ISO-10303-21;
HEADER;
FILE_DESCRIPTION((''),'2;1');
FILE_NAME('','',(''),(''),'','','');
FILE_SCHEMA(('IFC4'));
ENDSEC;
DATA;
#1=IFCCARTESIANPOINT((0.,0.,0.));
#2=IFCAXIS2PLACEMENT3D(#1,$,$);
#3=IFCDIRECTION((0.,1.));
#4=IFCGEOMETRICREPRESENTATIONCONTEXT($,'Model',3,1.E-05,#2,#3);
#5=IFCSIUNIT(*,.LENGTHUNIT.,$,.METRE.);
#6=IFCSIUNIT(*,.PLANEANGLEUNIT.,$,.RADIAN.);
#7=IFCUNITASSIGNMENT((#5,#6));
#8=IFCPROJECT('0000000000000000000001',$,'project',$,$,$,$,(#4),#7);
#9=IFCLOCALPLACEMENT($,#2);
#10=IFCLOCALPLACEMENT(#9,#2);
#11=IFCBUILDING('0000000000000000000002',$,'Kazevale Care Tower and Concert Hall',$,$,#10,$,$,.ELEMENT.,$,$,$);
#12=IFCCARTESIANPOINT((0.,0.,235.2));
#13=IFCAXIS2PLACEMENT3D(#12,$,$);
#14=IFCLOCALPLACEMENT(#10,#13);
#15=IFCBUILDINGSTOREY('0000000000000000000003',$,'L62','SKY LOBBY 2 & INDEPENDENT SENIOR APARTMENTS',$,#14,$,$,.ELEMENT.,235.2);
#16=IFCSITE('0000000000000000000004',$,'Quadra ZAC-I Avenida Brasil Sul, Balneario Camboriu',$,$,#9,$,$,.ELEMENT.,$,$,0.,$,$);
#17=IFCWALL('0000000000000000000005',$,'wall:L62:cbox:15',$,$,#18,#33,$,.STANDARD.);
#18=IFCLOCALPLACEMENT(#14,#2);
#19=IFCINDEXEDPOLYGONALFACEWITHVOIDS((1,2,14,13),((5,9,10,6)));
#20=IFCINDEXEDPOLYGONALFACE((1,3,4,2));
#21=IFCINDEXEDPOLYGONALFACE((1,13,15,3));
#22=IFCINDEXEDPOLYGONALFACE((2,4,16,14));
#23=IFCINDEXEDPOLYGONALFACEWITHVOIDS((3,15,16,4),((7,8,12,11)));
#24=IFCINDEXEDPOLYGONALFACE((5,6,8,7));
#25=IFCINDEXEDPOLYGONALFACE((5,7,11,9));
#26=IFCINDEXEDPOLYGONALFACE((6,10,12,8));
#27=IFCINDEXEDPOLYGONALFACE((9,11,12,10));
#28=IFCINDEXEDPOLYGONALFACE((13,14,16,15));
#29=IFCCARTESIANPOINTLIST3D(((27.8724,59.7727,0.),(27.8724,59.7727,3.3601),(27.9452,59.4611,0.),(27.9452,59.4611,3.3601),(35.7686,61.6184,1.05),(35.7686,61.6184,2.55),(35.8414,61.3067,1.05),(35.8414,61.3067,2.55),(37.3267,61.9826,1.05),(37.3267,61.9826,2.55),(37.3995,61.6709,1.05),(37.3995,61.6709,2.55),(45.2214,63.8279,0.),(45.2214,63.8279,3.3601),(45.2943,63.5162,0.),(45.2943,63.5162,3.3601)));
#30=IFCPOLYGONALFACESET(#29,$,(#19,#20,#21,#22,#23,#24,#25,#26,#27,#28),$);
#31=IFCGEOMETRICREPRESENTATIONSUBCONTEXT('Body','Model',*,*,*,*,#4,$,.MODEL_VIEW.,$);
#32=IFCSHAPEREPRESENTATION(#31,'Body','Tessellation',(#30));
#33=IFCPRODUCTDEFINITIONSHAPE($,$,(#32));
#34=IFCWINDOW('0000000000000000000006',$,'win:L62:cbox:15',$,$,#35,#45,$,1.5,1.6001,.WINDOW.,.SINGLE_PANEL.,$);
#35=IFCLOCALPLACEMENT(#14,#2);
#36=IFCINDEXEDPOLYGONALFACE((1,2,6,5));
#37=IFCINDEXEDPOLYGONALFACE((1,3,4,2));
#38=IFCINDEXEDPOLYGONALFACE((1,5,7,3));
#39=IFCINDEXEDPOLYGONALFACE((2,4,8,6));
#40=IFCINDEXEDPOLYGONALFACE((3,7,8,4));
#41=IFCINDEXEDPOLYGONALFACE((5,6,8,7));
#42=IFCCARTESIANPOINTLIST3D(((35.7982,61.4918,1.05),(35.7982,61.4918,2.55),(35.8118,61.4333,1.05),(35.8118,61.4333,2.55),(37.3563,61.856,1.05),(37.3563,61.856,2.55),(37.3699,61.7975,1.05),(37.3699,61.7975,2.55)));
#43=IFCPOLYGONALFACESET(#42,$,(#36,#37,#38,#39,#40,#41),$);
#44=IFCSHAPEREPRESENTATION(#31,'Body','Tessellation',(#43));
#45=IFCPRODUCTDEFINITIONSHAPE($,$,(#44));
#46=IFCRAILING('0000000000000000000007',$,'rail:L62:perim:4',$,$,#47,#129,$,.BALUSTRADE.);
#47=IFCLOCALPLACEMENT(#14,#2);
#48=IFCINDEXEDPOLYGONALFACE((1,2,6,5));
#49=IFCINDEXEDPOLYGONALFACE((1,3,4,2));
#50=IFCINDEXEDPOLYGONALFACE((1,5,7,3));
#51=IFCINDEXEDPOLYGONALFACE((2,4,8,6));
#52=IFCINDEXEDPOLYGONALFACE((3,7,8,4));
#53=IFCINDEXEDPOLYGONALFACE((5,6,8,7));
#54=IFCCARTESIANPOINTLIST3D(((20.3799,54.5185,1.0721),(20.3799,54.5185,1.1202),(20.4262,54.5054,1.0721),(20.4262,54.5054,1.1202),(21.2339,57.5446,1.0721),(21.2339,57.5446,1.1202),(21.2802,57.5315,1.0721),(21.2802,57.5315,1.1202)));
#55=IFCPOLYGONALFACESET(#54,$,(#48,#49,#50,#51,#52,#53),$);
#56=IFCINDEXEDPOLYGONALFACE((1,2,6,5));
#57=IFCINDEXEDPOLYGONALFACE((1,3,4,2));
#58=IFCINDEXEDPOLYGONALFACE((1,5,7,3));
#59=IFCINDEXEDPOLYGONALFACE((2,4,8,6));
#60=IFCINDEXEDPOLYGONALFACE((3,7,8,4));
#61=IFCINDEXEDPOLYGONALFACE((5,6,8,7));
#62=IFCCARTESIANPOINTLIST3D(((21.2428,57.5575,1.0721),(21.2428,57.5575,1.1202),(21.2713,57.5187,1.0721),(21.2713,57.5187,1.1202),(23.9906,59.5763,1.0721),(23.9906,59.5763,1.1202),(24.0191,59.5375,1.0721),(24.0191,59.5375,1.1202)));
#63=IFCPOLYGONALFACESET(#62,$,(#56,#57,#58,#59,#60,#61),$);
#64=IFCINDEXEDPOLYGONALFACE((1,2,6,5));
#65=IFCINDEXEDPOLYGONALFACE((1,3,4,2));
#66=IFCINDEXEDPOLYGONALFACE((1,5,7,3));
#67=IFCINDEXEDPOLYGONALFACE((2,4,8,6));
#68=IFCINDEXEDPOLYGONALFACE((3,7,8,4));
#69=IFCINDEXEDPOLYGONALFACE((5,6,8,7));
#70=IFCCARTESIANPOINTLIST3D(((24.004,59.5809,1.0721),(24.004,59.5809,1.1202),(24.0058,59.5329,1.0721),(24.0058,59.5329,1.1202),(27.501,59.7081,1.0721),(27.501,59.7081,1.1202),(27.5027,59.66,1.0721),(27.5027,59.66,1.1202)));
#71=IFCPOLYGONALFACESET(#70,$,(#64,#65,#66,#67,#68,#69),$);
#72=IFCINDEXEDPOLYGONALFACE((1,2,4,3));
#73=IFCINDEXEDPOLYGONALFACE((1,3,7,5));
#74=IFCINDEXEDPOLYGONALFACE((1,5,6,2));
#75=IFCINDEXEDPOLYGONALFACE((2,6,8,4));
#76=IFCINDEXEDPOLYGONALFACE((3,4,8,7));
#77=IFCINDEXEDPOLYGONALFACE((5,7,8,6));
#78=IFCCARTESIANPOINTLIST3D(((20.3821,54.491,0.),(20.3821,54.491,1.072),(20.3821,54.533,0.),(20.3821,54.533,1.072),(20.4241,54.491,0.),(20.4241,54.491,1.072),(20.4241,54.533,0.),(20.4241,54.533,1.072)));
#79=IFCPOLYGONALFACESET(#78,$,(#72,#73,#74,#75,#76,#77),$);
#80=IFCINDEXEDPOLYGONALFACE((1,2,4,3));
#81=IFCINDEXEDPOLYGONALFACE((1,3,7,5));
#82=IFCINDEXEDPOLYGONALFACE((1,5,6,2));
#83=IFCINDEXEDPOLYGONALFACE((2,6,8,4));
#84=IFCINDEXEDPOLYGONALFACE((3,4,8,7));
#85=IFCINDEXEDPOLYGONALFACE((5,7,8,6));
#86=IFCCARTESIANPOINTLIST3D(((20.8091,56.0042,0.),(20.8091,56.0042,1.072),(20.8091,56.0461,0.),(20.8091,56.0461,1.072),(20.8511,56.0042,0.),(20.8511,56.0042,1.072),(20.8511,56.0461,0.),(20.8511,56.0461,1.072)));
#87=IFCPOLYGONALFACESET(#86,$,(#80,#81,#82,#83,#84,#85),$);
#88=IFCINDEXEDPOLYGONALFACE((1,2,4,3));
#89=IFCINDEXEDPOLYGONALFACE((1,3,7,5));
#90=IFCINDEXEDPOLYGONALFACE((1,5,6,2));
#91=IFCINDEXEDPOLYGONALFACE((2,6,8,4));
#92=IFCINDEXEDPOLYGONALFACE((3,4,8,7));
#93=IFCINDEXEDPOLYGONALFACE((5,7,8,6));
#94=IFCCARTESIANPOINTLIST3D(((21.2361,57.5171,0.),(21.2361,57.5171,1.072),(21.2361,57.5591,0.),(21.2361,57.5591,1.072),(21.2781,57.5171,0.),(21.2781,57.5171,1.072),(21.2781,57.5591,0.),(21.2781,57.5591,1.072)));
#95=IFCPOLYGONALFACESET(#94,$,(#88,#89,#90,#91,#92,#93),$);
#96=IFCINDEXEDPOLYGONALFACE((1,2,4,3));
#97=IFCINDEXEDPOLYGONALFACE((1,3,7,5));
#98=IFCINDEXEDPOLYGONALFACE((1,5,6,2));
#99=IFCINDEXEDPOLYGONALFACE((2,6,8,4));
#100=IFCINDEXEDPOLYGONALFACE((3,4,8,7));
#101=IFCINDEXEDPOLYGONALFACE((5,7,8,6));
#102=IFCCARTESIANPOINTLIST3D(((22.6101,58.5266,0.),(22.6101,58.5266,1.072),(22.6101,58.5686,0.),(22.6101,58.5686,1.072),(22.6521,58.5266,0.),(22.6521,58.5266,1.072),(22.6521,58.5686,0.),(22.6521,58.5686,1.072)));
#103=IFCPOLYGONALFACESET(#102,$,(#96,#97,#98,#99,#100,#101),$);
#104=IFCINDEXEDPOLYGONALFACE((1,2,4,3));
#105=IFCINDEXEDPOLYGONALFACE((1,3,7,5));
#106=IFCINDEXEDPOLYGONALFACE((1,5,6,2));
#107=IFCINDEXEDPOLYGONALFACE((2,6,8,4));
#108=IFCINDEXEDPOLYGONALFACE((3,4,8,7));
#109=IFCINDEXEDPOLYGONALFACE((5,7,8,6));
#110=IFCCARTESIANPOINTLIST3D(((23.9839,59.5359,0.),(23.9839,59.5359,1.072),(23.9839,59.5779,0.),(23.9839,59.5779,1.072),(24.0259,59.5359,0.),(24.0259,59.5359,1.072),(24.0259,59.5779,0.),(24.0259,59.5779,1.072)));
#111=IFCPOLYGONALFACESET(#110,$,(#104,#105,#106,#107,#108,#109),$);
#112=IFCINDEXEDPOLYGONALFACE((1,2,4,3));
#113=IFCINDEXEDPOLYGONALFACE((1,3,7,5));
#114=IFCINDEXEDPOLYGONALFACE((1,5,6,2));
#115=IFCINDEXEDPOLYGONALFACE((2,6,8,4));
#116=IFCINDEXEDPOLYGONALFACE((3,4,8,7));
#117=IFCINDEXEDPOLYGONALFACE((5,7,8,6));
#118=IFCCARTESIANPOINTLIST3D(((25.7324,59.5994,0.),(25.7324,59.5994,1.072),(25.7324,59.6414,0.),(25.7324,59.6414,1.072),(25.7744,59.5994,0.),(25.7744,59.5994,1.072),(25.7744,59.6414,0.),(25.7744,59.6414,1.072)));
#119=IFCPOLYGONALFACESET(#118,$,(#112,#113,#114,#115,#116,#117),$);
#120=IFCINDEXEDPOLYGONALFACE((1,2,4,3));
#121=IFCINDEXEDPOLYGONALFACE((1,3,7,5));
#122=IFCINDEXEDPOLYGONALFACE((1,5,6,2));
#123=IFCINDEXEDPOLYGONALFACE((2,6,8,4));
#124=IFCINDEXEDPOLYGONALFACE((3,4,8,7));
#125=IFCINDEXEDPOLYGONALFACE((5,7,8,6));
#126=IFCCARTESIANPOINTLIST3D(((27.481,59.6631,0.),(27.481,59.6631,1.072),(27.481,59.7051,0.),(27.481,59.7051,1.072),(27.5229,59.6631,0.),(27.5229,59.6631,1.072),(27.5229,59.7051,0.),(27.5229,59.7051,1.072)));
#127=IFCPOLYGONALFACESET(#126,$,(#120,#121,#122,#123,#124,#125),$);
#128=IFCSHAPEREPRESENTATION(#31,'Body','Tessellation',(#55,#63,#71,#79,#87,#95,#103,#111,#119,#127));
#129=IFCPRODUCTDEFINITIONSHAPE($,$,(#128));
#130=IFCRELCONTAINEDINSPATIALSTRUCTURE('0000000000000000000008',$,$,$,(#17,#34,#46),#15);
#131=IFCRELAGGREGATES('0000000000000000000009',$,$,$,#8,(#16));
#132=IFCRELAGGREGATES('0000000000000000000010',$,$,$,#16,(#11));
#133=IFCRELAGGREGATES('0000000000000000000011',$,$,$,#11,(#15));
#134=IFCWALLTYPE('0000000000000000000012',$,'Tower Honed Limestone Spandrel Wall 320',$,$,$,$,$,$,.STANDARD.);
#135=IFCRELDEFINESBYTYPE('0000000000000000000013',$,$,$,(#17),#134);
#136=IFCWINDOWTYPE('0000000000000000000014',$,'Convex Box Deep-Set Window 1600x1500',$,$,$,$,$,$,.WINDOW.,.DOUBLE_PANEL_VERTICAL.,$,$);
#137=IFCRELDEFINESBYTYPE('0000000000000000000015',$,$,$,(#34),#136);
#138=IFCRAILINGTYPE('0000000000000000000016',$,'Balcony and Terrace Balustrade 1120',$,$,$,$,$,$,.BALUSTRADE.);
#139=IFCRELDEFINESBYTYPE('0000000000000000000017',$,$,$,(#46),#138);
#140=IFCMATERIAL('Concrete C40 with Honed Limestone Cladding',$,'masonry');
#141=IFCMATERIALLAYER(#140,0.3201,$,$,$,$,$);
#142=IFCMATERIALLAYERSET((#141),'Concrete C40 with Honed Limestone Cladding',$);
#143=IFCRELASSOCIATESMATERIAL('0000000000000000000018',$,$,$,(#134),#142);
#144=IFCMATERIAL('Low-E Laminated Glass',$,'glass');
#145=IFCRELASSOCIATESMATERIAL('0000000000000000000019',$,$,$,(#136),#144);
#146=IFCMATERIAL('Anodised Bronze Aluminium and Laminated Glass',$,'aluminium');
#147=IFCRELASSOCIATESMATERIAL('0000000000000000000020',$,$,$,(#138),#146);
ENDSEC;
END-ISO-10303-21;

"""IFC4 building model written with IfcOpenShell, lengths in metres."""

from ifc_helpers import new_model, si_unit, direction, frame, frame_2d, origin, origin_2d, place, context, subcontext, project, spatial, rectangle, extrude, material, layer, layer_set, type_object, element, fill, save


model = new_model("IFC4")

# Units and contexts
model_context = context("Model", 3, precision=1e-05, world=origin(), true_north=direction((0.0, 1.0)))
body_context = subcontext(model_context, "Body", "Model", "MODEL_VIEW")
ifc_project = project(units=[si_unit("LENGTHUNIT", "METRE"), si_unit("PLANEANGLEUNIT", "RADIAN")], contexts=[model_context])

# Site, building, storey
site_placement = place(None, origin())
site = spatial("IfcSite", under=ifc_project, at=site_placement, Name="Quadra ZAC-I Avenida Brasil Sul, Balneario Camboriu", CompositionType="ELEMENT", RefElevation=0.0)
building_placement = place(site_placement, origin())
building = spatial("IfcBuilding", under=site, at=building_placement, Name="Kazevale Care Tower and Concert Hall", CompositionType="ELEMENT")
storey_placement = place(building_placement, frame((0.0, 0.0, 235.2)))
storey = spatial("IfcBuildingStorey", under=building, at=storey_placement, Name="L62", Description="SKY LOBBY 2 & INDEPENDENT SENIOR APARTMENTS", CompositionType="ELEMENT", Elevation=235.2)

# Shared definitions
ifc_material_1 = material(Name="Low-E Laminated Glass", Category="glass")

# Wall, opening, window
ifc_material_2 = material(Name="Concrete C40 with Honed Limestone Cladding", Category="masonry")
ifc_layer_1 = layer(ifc_material_2, 0.3201)
ifc_layer_set_1 = layer_set([ifc_layer_1], Name="Concrete C40 with Honed Limestone Cladding")
wall_type_1 = type_object("IfcWallType", Name="Tower Honed Limestone Spandrel Wall 320", PredefinedType="STANDARD", material=ifc_layer_set_1)
wall_1_placement = place(storey_placement, frame((27.9089, 59.6169, 0.0), z_axis=(0.0, 0.0, 1.0), x_axis=(0.973754, 0.227605, 0.0)))
wall_1 = element("IfcWall", 1, at=wall_1_placement, inside=storey, type_object=wall_type_1, Name="wall:L62:cbox:15", PredefinedType="STANDARD", context=body_context, shape_type="SweptSolid", body=[
    extrude(rectangle(XDim=17.8167, YDim=0.3201, at=frame_2d((8.9082, 0.0))), origin(), (0.0, 0.0, 1.0), 3.3601),
])
opening_1_placement = place(wall_1_placement, frame((8.1089, 0.0, 1.05)))
opening_1 = element("IfcOpeningElement", 2, at=opening_1_placement, cuts=wall_1, PredefinedType="OPENING", context=body_context, shape_type="SweptSolid", body=[
    extrude(rectangle(XDim=1.6001, YDim=1.5, at=frame_2d((0.8, 0.75))), frame((0.0, 0.1699, 0.0), z_axis=(0.0, -1.0, 0.0), x_axis=(1.0, 0.0, 0.0)), (0.0, 0.0, 1.0), 0.3401),
])
window_type = type_object("IfcWindowType", Name="Convex Box Deep-Set Window 1600x1500", PartitioningType="DOUBLE_PANEL_VERTICAL", PredefinedType="WINDOW", material=ifc_material_1)
window_placement = place(opening_1_placement, origin())
window = element("IfcWindow", 3, at=window_placement, inside=storey, type_object=window_type, Name="win:L62:cbox:15", OverallHeight=1.5, OverallWidth=1.6001, PartitioningType="SINGLE_PANEL", PredefinedType="WINDOW", context=body_context, shape_type="SweptSolid", body=[
    extrude(rectangle(XDim=1.6001, YDim=1.5, at=frame_2d((0.8, 0.75))), frame((0.0, 0.03, 0.0), z_axis=(0.0, -1.0, 0.0), x_axis=(1.0, 0.0, 0.0)), (0.0, 0.0, 1.0), 0.0601),
])
fill(opening_1, window)

# Railing
ifc_material_3 = material(Name="Anodised Bronze Aluminium and Laminated Glass", Category="aluminium")
railing_type = type_object("IfcRailingType", Name="Balcony and Terrace Balustrade 1120", PredefinedType="BALUSTRADE", material=ifc_material_3)
railing_1_placement = place(storey_placement, frame((20.4031, 54.512, 0.0)))
element("IfcRailing", 4, at=railing_1_placement, inside=storey, type_object=railing_type, Name="rail:L62:perim:4", PredefinedType="BALUSTRADE", context=body_context, shape_type="SweptSolid", body=[
    extrude(rectangle(XDim=0.0481, YDim=0.0481, at=origin_2d()), frame((0.0, 0.0, 1.0962), z_axis=(0.271602, 0.96241, 0.0), x_axis=(-0.96241, 0.271602, 0.0)), (0.0, 0.0, 1.0), 3.1443),
    extrude(rectangle(XDim=0.0481, YDim=0.0481, at=origin_2d()), frame((0.854, 3.0261, 1.0962), z_axis=(0.805881, 0.592077, 0.0), x_axis=(-0.592077, 0.805881, 0.0)), (0.0, 0.0, 1.0), 3.4097),
    extrude(rectangle(XDim=0.0481, YDim=0.0481, at=origin_2d()), frame((3.6018, 5.0449, 1.0962), z_axis=(0.999339, 0.036348, 0.0), x_axis=(-0.036348, 0.999339, 0.0)), (0.0, 0.0, 1.0), 3.4993),
    extrude(rectangle(XDim=0.042, YDim=0.042, at=origin_2d()), origin(), (0.0, 0.0, 1.0), 1.072),
    extrude(rectangle(XDim=0.042, YDim=0.042, at=origin_2d()), frame((0.427, 1.5132, 0.0)), (0.0, 0.0, 1.0), 1.072),
    extrude(rectangle(XDim=0.042, YDim=0.042, at=origin_2d()), frame((0.854, 3.0261, 0.0)), (0.0, 0.0, 1.0), 1.072),
    extrude(rectangle(XDim=0.042, YDim=0.042, at=origin_2d()), frame((2.228, 4.0356, 0.0)), (0.0, 0.0, 1.0), 1.072),
    extrude(rectangle(XDim=0.042, YDim=0.042, at=origin_2d()), frame((3.6018, 5.0449, 0.0)), (0.0, 0.0, 1.0), 1.072),
    extrude(rectangle(XDim=0.042, YDim=0.042, at=origin_2d()), frame((5.3503, 5.1084, 0.0)), (0.0, 0.0, 1.0), 1.072),
    extrude(rectangle(XDim=0.042, YDim=0.042, at=origin_2d()), frame((7.0989, 5.1721, 0.0)), (0.0, 0.0, 1.0), 1.072),
])

save(model, "model.ifc")
